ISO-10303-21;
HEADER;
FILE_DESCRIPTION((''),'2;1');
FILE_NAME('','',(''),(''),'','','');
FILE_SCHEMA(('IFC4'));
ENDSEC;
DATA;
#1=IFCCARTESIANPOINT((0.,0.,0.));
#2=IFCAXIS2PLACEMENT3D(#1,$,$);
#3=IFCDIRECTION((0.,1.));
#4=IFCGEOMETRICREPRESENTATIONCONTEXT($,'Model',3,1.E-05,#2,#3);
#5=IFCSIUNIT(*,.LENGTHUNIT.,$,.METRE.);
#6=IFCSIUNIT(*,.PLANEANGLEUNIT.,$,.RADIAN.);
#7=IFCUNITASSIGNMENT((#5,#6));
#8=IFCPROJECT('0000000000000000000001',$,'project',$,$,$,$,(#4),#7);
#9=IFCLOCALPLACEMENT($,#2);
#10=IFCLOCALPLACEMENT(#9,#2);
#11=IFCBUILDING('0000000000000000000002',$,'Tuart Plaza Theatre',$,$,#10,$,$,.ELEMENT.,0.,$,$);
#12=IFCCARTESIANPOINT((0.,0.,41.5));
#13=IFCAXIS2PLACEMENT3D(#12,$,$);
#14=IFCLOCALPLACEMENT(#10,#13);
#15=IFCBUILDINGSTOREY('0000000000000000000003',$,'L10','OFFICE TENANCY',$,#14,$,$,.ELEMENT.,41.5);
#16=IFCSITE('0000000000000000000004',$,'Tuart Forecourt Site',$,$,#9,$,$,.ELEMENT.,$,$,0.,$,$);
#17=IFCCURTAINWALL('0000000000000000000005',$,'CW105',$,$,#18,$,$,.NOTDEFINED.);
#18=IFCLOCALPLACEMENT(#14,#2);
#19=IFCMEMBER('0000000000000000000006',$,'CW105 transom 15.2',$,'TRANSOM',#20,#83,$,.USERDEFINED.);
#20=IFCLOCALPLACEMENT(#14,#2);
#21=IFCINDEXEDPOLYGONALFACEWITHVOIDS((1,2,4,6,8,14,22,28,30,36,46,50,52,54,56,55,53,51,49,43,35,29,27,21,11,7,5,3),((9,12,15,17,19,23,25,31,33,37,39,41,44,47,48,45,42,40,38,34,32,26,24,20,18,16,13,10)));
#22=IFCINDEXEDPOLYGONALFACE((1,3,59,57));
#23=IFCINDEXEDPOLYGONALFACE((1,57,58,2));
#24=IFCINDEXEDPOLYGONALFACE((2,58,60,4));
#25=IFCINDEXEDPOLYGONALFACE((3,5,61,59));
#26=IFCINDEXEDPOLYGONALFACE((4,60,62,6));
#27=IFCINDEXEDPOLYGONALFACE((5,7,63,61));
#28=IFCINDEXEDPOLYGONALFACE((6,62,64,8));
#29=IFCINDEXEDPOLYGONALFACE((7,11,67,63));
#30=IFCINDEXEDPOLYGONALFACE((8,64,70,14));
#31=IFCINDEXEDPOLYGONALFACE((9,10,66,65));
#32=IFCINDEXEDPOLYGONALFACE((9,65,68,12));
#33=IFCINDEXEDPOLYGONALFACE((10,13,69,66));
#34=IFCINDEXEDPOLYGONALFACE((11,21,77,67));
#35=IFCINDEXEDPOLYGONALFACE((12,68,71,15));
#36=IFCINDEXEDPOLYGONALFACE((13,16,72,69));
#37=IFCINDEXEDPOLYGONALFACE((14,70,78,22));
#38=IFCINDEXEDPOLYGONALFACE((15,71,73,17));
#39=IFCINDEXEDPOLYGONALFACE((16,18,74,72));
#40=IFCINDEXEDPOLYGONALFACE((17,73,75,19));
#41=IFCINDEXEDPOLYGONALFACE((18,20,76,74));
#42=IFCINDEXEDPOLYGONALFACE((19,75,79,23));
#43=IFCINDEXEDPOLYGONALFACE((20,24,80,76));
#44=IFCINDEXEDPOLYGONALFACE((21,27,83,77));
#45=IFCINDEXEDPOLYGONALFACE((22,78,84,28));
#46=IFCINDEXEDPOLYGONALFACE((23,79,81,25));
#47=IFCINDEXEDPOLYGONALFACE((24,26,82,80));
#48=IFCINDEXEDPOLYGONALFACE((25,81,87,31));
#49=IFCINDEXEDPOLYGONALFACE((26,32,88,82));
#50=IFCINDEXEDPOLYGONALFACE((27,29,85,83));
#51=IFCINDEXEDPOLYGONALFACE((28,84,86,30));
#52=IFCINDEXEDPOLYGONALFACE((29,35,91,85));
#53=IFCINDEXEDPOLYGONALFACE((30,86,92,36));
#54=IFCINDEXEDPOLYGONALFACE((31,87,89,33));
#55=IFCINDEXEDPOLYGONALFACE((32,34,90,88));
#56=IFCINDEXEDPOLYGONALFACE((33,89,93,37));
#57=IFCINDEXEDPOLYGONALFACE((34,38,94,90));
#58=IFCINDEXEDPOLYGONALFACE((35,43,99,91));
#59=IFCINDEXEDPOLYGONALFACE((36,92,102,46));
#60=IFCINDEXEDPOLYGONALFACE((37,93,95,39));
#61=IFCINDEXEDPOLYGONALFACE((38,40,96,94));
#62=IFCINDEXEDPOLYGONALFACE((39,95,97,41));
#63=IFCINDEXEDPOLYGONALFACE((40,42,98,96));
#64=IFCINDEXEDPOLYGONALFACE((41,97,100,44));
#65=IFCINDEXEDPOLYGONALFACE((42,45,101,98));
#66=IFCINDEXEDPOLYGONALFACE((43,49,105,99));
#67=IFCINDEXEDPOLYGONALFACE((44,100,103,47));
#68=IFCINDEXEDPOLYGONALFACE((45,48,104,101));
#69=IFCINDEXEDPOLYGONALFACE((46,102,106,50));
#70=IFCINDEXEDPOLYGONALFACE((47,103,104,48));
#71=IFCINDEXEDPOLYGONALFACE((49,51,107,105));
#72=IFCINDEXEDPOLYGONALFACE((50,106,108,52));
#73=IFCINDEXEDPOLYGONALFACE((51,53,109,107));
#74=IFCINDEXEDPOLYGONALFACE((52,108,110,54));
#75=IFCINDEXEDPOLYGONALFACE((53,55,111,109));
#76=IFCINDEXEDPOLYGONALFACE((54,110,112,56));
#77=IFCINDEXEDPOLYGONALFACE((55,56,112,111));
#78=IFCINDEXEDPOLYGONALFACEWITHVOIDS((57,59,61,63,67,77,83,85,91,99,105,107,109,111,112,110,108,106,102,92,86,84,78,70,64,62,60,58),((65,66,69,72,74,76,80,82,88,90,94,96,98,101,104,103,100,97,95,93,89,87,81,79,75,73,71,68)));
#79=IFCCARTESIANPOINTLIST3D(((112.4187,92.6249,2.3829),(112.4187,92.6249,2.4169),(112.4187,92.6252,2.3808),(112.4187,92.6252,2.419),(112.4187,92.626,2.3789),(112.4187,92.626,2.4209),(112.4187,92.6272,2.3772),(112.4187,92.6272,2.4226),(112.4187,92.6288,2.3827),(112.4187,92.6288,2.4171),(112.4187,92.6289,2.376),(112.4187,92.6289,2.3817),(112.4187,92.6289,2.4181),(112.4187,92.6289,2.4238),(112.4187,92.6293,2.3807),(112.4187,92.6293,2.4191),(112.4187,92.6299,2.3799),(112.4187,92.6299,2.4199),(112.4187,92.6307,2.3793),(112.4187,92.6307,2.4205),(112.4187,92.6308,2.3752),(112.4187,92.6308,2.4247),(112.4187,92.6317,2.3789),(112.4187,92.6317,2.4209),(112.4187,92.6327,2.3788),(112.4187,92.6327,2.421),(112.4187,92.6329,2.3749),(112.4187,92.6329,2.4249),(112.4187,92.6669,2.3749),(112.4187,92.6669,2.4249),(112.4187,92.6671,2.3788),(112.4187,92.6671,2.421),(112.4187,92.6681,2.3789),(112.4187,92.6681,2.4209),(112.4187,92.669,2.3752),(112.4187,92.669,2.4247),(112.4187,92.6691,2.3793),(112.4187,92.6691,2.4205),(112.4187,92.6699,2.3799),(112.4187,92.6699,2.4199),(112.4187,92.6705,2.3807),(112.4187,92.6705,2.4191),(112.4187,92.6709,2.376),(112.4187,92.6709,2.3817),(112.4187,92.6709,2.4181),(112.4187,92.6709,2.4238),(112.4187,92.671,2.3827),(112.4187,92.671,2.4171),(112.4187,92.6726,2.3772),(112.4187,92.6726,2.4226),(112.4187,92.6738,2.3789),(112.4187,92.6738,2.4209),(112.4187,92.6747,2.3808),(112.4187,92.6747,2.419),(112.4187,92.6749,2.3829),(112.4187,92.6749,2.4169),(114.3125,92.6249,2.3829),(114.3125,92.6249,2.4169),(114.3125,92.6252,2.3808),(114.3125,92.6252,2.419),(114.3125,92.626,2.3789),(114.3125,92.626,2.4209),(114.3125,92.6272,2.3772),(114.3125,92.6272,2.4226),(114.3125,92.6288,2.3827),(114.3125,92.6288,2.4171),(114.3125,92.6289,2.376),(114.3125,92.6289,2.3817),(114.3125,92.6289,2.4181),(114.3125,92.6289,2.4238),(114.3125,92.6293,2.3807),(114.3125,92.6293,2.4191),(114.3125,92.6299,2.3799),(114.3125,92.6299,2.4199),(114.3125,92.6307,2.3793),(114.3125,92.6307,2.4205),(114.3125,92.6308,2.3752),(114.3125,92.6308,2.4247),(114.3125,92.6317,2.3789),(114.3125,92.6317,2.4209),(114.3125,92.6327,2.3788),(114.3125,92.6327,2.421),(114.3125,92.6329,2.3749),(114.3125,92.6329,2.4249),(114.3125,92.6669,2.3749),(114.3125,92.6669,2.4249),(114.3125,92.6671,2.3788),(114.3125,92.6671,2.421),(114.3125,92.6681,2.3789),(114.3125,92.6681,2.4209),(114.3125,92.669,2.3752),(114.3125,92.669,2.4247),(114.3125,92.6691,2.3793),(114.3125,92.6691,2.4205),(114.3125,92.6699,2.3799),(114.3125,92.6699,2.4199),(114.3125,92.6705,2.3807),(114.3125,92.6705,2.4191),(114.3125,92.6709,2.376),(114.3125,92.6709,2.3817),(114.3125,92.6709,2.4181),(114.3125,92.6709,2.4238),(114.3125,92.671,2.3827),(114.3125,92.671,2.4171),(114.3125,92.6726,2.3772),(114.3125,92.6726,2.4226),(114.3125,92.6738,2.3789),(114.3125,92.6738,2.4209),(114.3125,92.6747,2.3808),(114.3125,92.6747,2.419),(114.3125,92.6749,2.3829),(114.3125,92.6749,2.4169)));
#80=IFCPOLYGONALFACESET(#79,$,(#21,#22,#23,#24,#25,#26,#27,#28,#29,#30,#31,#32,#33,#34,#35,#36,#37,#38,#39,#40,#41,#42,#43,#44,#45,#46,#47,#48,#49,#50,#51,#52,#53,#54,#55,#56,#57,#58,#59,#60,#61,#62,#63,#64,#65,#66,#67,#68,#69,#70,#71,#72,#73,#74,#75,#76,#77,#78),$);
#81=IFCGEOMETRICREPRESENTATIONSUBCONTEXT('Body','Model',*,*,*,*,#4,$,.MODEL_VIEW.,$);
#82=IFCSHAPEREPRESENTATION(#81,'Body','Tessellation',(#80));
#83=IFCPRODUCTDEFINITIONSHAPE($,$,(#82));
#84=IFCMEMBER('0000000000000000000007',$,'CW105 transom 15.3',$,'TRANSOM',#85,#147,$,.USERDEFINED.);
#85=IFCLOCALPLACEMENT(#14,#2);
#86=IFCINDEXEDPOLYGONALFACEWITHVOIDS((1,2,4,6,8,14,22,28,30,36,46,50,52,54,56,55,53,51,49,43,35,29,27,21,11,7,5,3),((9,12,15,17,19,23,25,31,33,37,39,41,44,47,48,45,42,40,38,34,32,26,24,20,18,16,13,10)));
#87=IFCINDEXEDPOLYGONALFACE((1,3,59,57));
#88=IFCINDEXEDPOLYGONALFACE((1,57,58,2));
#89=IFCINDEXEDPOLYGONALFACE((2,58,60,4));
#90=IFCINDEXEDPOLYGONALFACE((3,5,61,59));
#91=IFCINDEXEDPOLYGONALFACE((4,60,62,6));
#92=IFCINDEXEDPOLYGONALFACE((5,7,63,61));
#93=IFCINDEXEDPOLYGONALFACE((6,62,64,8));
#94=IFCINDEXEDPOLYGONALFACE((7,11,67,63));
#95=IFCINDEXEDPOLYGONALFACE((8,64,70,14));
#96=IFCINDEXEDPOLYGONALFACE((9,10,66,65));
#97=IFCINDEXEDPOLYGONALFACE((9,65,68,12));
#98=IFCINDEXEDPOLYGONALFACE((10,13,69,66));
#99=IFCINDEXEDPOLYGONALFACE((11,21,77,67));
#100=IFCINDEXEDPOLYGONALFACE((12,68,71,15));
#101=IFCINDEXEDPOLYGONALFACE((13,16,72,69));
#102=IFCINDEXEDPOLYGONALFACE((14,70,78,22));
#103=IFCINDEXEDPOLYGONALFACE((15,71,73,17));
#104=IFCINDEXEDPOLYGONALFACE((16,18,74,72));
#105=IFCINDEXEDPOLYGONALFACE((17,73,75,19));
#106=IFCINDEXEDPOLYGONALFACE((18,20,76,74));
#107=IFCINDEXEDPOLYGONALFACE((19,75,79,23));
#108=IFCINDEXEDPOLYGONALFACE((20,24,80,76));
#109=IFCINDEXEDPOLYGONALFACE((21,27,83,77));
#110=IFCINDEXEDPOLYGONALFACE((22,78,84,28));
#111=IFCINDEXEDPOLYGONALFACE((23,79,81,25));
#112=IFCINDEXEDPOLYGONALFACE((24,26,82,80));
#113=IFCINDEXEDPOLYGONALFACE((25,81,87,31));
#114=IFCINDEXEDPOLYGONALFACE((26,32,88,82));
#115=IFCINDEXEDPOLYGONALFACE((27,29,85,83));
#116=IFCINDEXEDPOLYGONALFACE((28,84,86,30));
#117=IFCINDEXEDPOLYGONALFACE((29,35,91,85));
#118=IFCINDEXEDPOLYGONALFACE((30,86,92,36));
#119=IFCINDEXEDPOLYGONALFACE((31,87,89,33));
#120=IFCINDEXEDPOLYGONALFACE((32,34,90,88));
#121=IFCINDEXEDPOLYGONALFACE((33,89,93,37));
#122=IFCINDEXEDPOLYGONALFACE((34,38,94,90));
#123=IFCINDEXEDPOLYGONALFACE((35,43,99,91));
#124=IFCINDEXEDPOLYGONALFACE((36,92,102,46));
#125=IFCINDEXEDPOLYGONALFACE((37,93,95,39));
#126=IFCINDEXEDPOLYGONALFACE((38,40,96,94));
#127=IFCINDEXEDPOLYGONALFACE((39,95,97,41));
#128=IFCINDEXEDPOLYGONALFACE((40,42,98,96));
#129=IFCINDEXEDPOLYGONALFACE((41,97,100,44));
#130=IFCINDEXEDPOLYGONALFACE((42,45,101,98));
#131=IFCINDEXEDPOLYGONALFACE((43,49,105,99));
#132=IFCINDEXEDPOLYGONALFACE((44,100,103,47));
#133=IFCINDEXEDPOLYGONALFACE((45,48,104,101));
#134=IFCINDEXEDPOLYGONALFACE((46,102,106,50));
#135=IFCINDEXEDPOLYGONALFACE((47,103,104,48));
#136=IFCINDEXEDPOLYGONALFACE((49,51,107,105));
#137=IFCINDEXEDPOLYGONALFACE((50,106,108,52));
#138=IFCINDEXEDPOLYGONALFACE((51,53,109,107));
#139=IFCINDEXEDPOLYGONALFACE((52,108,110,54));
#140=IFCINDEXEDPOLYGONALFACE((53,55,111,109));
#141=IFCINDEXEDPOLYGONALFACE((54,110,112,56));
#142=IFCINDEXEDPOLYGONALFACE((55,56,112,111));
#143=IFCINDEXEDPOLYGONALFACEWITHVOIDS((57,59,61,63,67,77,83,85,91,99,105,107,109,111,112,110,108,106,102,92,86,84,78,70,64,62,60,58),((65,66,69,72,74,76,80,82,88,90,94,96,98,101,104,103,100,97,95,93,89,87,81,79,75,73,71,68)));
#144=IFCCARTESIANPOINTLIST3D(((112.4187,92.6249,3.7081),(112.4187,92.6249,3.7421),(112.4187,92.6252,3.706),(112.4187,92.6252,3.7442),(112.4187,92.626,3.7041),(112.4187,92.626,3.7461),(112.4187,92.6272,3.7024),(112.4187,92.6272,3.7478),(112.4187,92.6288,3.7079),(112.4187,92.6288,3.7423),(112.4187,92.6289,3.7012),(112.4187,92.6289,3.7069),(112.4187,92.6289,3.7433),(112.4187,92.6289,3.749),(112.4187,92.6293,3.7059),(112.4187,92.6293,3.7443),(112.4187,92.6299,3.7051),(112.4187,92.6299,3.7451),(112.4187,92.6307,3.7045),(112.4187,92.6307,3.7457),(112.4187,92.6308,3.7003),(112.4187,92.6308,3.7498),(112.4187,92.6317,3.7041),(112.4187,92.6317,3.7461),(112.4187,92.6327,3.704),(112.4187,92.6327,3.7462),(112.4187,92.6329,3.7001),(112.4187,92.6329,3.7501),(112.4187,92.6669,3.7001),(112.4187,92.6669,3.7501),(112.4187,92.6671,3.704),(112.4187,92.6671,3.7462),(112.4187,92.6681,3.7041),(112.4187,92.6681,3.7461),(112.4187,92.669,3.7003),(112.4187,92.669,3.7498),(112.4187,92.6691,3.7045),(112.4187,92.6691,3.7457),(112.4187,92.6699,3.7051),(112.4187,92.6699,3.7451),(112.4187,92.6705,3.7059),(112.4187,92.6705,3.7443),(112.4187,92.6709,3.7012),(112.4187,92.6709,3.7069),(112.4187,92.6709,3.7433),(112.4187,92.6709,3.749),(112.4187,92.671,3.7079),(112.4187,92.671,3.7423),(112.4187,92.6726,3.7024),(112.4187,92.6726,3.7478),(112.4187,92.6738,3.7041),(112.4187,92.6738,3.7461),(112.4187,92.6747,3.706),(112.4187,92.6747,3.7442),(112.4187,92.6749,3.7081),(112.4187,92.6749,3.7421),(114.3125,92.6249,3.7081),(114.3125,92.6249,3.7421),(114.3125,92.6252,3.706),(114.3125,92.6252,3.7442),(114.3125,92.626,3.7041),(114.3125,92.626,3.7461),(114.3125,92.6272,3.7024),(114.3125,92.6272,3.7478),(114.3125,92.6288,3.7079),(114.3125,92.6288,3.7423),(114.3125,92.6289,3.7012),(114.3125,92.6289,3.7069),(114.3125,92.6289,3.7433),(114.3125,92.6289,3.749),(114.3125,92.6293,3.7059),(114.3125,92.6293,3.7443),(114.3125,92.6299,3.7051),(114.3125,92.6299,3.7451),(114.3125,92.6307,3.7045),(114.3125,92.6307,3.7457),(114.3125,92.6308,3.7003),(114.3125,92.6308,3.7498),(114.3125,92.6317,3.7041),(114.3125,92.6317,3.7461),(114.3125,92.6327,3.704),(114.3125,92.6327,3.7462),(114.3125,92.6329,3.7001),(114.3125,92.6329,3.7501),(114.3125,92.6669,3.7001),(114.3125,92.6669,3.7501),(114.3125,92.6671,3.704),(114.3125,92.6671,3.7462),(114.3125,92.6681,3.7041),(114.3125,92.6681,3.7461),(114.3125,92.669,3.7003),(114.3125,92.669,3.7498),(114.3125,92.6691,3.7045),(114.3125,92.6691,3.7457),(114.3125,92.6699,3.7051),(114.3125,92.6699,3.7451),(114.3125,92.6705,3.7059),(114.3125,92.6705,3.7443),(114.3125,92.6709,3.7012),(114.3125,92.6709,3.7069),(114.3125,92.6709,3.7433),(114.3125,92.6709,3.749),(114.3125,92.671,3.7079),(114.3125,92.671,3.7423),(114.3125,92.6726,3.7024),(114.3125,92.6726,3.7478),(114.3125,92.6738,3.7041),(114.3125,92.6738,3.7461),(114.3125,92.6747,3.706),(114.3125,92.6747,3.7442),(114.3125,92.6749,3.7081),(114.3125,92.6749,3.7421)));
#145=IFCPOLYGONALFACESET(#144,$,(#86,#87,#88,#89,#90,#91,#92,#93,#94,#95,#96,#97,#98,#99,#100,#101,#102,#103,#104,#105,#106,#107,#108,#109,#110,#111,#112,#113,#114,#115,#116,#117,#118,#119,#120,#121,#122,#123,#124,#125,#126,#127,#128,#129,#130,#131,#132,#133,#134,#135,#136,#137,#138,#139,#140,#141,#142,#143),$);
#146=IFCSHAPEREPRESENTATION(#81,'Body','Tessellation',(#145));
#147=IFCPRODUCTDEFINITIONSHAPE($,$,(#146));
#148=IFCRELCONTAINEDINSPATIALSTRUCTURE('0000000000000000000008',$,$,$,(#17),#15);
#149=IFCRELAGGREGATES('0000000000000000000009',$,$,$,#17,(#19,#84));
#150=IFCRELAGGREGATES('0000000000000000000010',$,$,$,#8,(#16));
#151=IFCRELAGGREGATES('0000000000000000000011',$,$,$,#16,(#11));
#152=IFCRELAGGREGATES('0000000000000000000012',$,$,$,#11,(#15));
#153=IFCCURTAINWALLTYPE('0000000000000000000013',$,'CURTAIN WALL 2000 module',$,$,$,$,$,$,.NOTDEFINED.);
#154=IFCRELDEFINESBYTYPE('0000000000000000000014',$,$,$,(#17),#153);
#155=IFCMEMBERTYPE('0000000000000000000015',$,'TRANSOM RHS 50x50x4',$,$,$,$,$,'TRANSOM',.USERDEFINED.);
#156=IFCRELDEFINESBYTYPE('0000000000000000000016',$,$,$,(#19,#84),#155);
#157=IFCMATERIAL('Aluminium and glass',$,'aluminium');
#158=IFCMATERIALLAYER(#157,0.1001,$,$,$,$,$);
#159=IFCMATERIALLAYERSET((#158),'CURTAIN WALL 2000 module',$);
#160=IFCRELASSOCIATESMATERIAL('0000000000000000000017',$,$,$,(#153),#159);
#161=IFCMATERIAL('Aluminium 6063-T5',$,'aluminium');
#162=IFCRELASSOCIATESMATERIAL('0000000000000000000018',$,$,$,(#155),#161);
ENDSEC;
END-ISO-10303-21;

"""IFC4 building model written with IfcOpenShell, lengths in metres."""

from ifc_helpers import new_model, si_unit, direction, frame, origin, origin_2d, place, context, subcontext, project, spatial, hollow_rectangle, extrude, material, layer, layer_set, material_profile, profile_set, type_object, element, aggregate, save


model = new_model("IFC4")

# Units and contexts
model_context = context("Model", 3, precision=1e-05, world=origin(), true_north=direction((0.0, 1.0)))
body_context = subcontext(model_context, "Body", "Model", "MODEL_VIEW")
ifc_project = project(units=[si_unit("LENGTHUNIT", "METRE"), si_unit("PLANEANGLEUNIT", "RADIAN")], contexts=[model_context])

# Site, building, storey
site_placement = place(None, origin())
site = spatial("IfcSite", under=ifc_project, at=site_placement, Name="Tuart Forecourt Site", CompositionType="ELEMENT", RefElevation=0.0)
building_placement = place(site_placement, origin())
building = spatial("IfcBuilding", under=site, at=building_placement, Name="Tuart Plaza Theatre", CompositionType="ELEMENT", ElevationOfRefHeight=0.0)
storey_placement = place(building_placement, frame((0.0, 0.0, 41.5)))
storey = spatial("IfcBuildingStorey", under=building, at=storey_placement, Name="L10", Description="OFFICE TENANCY", CompositionType="ELEMENT", Elevation=41.5)

# Curtain wall, members
ifc_material_1 = material(Name="Aluminium and glass", Category="aluminium")
ifc_layer_1 = layer(ifc_material_1, 0.1001)
ifc_layer_set_1 = layer_set([ifc_layer_1], Name="CURTAIN WALL 2000 module")
curtain_wall_type = type_object("IfcCurtainWallType", Name="CURTAIN WALL 2000 module", PredefinedType="NOTDEFINED", material=ifc_layer_set_1)
curtain_wall_placement = place(storey_placement, origin())
curtain_wall = element("IfcCurtainWall", 1, at=curtain_wall_placement, inside=storey, type_object=curtain_wall_type, Name="CW105", PredefinedType="NOTDEFINED")
ifc_material_2 = material(Name="Aluminium 6063-T5", Category="aluminium")
ifc_material_profile_1 = material_profile(ifc_material_2, hollow_rectangle(XDim=0.05, YDim=0.05, WallThickness=0.0039, InnerFilletRadius=0.0039, OuterFilletRadius=0.0081, at=origin_2d()), Name="RHS 50x50x4")
ifc_profile_set_1 = profile_set([ifc_material_profile_1], Name="Aluminium 6063-T5")
member_type_1 = type_object("IfcMemberType", Name="TRANSOM RHS 50x50x4", ElementType="TRANSOM", PredefinedType="USERDEFINED", material=ifc_profile_set_1)
member_1_placement = place(storey_placement, frame((114.3125, 92.6499, 2.3999), z_axis=(-1.0, 0.0, 0.0), x_axis=(0.0, -1.0, 0.0)))
member_1 = element("IfcMember", 2, at=member_1_placement, type_object=member_type_1, Name="CW105 transom 15.2", ObjectType="TRANSOM", PredefinedType="USERDEFINED", context=body_context, shape_type="SweptSolid", body=[
    extrude(hollow_rectangle(XDim=0.05, YDim=0.05, WallThickness=0.0039, InnerFilletRadius=0.0039, OuterFilletRadius=0.0081, at=origin_2d()), origin(), (0.0, 0.0, 1.0), 1.8938),
])
member_2_placement = place(storey_placement, frame((114.3125, 92.6499, 3.7251), z_axis=(-1.0, 0.0, 0.0), x_axis=(0.0, -1.0, 0.0)))
member_2 = element("IfcMember", 3, at=member_2_placement, type_object=member_type_1, Name="CW105 transom 15.3", ObjectType="TRANSOM", PredefinedType="USERDEFINED", context=body_context, shape_type="SweptSolid", body=[
    extrude(hollow_rectangle(XDim=0.05, YDim=0.05, WallThickness=0.0039, InnerFilletRadius=0.0039, OuterFilletRadius=0.0081, at=origin_2d()), origin(), (0.0, 0.0, 1.0), 1.8938),
])
aggregate(curtain_wall, [member_1, member_2])

save(model, "model.ifc")
